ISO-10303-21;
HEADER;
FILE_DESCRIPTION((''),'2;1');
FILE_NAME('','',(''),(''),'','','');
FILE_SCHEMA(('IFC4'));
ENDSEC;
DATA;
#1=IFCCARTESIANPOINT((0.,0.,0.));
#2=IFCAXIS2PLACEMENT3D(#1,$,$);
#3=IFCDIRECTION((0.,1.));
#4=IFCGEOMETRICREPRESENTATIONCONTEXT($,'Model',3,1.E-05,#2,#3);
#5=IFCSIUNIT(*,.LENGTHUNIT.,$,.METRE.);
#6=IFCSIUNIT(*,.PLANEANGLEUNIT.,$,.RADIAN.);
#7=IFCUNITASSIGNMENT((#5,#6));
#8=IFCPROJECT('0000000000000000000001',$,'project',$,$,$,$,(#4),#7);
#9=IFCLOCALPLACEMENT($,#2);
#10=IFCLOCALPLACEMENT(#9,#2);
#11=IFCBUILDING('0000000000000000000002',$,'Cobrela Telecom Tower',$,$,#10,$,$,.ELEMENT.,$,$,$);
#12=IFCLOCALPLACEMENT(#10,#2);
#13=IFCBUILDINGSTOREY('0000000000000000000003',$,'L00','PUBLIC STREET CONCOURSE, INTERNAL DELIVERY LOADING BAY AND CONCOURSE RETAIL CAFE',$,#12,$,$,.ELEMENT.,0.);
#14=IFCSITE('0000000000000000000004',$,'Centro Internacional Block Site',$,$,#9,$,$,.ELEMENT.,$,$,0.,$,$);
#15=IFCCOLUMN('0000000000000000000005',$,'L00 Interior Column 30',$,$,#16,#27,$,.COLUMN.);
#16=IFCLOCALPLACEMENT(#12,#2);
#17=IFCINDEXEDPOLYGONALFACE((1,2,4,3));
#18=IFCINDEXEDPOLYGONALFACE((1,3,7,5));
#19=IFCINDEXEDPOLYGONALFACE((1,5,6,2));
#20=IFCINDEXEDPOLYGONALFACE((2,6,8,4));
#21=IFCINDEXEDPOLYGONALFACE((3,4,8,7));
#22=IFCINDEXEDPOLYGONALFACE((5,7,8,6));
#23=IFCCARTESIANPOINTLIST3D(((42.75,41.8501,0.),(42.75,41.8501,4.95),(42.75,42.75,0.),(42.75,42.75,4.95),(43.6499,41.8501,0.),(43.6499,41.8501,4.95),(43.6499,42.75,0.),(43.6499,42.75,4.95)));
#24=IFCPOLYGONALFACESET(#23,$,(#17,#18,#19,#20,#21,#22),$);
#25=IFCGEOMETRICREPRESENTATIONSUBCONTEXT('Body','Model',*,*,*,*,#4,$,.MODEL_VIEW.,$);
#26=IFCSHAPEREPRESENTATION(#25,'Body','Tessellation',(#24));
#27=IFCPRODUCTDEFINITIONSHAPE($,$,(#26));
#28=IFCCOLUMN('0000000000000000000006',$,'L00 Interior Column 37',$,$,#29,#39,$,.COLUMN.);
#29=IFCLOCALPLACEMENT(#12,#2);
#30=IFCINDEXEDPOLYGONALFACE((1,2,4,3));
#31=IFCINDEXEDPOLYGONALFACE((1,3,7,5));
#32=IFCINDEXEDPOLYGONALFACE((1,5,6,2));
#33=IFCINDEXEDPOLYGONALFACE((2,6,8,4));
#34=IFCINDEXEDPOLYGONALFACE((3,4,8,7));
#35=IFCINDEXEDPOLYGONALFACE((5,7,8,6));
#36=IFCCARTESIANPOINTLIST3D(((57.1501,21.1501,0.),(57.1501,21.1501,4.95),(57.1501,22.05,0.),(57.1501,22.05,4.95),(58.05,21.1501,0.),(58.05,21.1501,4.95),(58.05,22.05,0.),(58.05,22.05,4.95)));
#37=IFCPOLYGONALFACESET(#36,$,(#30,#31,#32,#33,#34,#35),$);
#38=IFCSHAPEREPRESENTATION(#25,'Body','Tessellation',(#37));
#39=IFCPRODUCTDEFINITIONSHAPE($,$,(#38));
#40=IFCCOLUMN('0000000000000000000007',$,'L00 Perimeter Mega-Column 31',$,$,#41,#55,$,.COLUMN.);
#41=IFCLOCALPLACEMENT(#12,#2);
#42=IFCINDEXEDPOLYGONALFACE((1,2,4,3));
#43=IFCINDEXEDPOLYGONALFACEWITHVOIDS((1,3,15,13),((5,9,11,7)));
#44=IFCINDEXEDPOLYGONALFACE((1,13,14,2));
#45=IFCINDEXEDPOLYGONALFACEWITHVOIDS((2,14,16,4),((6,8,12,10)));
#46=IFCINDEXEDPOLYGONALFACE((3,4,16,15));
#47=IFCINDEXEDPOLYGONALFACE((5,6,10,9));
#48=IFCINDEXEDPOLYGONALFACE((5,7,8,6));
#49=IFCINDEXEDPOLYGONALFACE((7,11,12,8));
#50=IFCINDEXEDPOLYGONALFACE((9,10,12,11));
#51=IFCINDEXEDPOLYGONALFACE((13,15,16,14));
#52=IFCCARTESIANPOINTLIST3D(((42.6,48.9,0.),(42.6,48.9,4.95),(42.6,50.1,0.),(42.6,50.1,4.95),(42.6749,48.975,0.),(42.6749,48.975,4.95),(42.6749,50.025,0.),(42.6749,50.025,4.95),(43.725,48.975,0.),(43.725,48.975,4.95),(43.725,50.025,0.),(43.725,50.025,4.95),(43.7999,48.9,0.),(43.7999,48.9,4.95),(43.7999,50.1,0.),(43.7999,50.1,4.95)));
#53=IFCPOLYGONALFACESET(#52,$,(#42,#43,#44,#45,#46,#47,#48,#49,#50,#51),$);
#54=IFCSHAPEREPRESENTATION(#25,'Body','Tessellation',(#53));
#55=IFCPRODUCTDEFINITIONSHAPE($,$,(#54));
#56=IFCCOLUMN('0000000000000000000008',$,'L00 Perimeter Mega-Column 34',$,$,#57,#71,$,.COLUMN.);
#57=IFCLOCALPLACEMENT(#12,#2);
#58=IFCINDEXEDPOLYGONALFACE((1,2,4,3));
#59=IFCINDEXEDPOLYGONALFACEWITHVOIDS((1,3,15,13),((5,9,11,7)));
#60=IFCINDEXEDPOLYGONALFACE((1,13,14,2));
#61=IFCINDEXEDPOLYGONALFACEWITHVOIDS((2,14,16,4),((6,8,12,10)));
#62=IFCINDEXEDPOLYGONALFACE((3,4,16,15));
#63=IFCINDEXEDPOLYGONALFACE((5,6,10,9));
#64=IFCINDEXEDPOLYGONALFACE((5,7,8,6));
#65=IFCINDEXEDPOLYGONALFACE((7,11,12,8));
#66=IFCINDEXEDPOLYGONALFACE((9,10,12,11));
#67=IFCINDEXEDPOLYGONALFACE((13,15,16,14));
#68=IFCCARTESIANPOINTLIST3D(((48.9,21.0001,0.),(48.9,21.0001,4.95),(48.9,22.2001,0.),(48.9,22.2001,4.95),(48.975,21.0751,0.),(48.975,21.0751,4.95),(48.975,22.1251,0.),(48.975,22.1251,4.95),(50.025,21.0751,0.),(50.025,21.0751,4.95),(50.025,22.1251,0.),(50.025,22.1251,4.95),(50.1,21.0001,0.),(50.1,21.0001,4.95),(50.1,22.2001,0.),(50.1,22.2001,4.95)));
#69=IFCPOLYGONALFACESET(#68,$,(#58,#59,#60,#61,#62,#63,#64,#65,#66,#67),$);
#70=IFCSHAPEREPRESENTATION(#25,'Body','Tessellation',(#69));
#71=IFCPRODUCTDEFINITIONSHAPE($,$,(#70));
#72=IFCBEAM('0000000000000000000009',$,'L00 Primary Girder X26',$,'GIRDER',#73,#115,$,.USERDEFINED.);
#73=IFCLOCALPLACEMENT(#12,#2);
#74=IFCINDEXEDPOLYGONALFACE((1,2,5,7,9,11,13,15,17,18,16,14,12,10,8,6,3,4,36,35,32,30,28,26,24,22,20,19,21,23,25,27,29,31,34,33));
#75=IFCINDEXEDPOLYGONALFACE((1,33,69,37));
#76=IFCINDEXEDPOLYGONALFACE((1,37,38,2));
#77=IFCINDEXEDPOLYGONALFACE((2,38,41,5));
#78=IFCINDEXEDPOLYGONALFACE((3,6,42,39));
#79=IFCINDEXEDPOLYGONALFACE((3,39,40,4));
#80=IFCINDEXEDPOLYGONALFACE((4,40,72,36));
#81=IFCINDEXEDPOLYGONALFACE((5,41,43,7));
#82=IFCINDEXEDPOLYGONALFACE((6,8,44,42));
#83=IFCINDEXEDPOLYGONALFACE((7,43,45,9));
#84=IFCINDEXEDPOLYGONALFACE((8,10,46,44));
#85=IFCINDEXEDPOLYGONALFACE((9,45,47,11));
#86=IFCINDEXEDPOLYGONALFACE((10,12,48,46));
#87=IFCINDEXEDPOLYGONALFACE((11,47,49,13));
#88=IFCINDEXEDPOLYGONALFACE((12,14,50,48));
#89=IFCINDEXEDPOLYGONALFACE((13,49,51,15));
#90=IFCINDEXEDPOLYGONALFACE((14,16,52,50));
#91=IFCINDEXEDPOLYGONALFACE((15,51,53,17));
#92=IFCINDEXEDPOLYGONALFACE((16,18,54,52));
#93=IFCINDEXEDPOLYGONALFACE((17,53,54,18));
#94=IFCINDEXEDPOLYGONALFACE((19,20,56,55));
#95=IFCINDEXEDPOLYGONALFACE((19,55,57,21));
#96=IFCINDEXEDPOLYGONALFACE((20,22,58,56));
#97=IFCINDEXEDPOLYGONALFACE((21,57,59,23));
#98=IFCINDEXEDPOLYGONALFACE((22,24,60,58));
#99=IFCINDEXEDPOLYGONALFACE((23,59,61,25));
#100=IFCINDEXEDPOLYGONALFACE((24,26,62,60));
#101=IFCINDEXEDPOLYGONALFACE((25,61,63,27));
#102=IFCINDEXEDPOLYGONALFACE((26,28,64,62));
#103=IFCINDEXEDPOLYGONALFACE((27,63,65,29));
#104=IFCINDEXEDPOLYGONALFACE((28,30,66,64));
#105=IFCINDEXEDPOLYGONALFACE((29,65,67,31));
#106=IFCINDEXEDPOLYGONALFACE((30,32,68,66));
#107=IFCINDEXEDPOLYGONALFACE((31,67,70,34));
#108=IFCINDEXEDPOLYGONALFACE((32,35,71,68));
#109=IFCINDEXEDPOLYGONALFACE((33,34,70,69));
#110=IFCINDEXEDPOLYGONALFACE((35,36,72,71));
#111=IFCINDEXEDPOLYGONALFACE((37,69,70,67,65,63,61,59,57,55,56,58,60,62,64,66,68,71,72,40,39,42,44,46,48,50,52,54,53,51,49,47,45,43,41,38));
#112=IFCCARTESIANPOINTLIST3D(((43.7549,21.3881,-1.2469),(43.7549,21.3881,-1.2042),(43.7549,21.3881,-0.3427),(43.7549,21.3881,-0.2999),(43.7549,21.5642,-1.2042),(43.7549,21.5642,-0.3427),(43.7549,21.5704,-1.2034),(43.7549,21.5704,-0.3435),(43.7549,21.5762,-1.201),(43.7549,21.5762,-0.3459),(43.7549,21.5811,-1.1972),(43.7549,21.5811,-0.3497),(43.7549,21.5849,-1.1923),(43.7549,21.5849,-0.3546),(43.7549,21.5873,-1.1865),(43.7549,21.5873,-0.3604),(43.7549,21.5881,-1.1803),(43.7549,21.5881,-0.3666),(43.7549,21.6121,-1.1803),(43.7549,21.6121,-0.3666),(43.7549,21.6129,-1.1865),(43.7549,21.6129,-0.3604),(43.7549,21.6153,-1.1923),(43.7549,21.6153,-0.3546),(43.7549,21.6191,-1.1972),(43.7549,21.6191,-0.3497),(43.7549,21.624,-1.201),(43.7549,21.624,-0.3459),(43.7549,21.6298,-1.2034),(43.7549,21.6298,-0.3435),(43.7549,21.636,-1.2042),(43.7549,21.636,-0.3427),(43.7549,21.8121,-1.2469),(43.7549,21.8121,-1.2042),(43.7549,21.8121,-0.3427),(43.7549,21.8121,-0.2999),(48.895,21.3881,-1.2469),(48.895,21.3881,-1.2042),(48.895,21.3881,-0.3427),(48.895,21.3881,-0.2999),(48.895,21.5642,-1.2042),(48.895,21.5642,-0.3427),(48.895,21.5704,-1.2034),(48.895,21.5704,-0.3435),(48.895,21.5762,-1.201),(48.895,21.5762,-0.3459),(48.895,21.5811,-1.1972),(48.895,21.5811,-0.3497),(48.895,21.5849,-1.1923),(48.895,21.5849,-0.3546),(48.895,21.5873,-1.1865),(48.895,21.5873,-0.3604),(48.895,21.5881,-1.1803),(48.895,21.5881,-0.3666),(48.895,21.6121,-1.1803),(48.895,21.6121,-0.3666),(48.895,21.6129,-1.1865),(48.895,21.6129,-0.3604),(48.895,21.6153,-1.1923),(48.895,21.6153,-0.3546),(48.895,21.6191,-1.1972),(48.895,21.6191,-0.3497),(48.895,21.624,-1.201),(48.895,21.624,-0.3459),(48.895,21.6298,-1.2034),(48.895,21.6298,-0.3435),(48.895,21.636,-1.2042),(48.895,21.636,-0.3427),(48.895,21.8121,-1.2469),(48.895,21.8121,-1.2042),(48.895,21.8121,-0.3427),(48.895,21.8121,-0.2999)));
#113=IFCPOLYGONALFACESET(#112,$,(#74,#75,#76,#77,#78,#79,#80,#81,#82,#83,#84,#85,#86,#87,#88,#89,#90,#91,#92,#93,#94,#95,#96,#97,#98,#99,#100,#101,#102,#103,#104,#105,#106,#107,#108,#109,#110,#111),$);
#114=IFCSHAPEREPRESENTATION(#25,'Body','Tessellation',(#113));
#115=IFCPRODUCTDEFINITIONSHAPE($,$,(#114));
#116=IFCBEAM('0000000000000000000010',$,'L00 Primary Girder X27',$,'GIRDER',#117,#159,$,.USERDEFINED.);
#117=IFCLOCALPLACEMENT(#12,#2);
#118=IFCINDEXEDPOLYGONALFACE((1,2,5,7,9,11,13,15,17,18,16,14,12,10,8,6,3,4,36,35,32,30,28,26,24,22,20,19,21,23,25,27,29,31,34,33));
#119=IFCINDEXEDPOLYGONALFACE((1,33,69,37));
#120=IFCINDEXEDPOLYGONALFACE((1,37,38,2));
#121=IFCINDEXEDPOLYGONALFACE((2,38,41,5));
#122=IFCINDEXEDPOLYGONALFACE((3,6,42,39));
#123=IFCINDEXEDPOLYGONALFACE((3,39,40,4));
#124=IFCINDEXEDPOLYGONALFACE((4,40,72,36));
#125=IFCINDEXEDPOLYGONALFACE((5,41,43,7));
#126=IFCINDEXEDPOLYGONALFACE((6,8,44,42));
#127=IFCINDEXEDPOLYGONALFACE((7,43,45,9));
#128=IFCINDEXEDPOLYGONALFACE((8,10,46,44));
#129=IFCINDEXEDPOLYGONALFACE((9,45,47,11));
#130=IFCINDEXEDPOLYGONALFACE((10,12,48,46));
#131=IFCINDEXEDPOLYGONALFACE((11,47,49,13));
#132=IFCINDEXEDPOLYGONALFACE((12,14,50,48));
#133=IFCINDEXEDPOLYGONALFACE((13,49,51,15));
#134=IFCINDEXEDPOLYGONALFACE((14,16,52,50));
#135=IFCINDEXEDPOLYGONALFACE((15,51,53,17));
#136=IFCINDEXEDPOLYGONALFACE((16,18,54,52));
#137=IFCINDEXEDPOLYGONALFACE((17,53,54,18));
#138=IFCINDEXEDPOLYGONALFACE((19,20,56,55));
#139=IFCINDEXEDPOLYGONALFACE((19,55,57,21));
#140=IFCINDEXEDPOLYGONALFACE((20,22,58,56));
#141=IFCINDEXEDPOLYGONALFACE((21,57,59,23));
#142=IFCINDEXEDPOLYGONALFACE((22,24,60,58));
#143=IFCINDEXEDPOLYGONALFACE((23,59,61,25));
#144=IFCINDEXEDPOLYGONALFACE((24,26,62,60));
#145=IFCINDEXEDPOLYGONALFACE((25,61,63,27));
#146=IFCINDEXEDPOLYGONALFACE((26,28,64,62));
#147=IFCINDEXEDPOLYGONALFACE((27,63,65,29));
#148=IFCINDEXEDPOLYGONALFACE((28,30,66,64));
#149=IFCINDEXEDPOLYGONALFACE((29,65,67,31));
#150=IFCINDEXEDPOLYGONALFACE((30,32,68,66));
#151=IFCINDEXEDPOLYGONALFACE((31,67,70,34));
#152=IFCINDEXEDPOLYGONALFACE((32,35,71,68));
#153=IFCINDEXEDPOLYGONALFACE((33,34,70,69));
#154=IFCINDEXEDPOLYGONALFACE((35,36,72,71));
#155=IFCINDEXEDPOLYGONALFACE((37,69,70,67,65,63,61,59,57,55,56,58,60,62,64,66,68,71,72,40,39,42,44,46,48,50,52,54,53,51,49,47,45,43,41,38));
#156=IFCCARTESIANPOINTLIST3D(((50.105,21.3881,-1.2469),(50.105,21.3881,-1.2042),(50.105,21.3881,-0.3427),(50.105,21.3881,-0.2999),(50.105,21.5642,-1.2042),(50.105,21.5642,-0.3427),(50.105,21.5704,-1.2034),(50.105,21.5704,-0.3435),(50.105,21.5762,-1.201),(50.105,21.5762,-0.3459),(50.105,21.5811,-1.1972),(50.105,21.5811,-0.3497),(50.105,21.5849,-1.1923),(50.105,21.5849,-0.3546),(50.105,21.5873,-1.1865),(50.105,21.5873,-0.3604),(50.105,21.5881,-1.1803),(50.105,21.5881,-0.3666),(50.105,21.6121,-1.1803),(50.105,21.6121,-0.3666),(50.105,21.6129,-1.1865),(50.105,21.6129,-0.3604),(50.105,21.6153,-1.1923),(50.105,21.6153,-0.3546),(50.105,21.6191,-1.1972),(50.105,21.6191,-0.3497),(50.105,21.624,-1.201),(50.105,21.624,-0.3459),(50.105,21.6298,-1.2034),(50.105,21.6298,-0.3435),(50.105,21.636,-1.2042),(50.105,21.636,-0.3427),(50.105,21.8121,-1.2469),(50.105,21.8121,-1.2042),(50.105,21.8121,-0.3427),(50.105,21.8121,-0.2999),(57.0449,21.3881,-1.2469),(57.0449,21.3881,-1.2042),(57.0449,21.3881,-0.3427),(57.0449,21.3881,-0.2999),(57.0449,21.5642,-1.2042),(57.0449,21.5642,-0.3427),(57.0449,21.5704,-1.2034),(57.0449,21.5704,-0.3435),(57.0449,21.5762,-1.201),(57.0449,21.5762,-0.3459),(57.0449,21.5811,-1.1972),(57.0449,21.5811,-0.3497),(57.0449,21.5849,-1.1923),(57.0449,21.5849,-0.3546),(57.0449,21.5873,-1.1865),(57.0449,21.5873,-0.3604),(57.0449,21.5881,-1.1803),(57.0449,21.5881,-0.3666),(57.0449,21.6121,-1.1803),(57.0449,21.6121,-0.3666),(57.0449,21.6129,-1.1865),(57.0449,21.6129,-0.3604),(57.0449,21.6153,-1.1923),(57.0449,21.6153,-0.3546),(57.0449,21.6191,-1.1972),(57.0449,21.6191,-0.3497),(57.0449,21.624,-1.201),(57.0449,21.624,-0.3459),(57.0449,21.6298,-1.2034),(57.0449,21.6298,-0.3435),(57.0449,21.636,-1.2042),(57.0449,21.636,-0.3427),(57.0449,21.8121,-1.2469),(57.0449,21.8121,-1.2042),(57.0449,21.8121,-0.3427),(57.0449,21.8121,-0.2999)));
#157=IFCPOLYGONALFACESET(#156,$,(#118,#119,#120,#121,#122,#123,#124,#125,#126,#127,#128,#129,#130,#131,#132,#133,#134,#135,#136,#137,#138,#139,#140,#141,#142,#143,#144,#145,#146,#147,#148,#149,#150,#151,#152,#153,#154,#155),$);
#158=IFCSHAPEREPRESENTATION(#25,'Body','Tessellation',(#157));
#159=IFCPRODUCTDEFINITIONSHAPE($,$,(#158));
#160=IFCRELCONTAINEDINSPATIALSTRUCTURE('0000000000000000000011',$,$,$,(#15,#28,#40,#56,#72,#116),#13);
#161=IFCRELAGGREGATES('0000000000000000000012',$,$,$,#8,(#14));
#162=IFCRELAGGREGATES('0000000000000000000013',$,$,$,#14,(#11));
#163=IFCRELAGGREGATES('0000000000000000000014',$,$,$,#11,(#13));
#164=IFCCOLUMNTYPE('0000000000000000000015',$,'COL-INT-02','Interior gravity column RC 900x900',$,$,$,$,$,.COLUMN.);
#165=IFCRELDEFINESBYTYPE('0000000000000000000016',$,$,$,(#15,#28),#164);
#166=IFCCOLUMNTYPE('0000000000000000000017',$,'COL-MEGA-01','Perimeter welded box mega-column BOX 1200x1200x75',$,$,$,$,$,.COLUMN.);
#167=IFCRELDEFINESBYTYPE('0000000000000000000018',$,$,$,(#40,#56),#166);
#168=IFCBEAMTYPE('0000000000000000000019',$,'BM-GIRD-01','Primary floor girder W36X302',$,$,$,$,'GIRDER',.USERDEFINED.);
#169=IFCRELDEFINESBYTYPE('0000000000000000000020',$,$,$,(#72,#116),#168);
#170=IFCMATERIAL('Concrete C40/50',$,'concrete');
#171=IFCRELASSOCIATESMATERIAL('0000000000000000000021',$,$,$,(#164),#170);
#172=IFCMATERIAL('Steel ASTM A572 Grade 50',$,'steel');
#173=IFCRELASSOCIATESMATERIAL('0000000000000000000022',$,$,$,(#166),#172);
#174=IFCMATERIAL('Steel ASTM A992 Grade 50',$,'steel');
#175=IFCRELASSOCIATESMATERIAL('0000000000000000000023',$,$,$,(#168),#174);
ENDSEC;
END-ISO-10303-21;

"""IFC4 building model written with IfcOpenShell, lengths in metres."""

from ifc_helpers import new_model, si_unit, direction, frame, origin, origin_2d, place, context, subcontext, project, spatial, rectangle, hollow_rectangle, i_section, extrude, material, material_profile, profile_set, type_object, element, save


model = new_model("IFC4")

# Units and contexts
model_context = context("Model", 3, precision=1e-05, world=origin(), true_north=direction((0.0, 1.0)))
body_context = subcontext(model_context, "Body", "Model", "MODEL_VIEW")
ifc_project = project(units=[si_unit("LENGTHUNIT", "METRE"), si_unit("PLANEANGLEUNIT", "RADIAN")], contexts=[model_context])

# Site, building, storey
site_placement = place(None, origin())
site = spatial("IfcSite", under=ifc_project, at=site_placement, Name="Centro Internacional Block Site", CompositionType="ELEMENT", RefElevation=0.0)
building_placement = place(site_placement, origin())
building = spatial("IfcBuilding", under=site, at=building_placement, Name="Cobrela Telecom Tower", CompositionType="ELEMENT")
storey_placement = place(building_placement, origin())
storey = spatial("IfcBuildingStorey", under=building, at=storey_placement, Name="L00", Description="PUBLIC STREET CONCOURSE, INTERNAL DELIVERY LOADING BAY AND CONCOURSE RETAIL CAFE", CompositionType="ELEMENT", Elevation=0.0)

# Columns
ifc_material_1 = material(Name="Concrete C40/50", Category="concrete")
ifc_material_profile_1 = material_profile(ifc_material_1, rectangle(XDim=0.8999, YDim=0.8999, at=origin_2d()), Name="RC 900x900")
ifc_profile_set_1 = profile_set([ifc_material_profile_1], Name="Concrete C40/50")
column_type_1 = type_object("IfcColumnType", Name="COL-INT-02", Description="Interior gravity column RC 900x900", PredefinedType="COLUMN", material=ifc_profile_set_1)
for number, where, z_axis, x_axis, name in (
    (1, (43.2, 42.3, 0.0), (0.0, 0.0, 1.0), (1.0, 0.0, 0.0), "L00 Interior Column 30"),
    (2, (57.6001, 21.6001, 0.0), (0.0, 0.0, 1.0), (1.0, 0.0, 0.0), "L00 Interior Column 37"),
):
    element("IfcColumn", number, at=place(storey_placement, frame(where, z_axis=z_axis, x_axis=x_axis)), inside=storey, type_object=column_type_1, Name=name, PredefinedType="COLUMN", context=body_context, shape_type="SweptSolid", body=[
        extrude(rectangle(XDim=0.8999, YDim=0.8999, at=origin_2d()), origin(), (0.0, 0.0, 1.0), 4.95),
    ])
ifc_material_2 = material(Name="Steel ASTM A572 Grade 50", Category="steel")
ifc_material_profile_2 = material_profile(ifc_material_2, hollow_rectangle(XDim=1.2, YDim=1.2, WallThickness=0.075, at=origin_2d()), Name="BOX 1200x1200x75")
ifc_profile_set_2 = profile_set([ifc_material_profile_2], Name="Steel ASTM A572 Grade 50")
column_type_2 = type_object("IfcColumnType", Name="COL-MEGA-01", Description="Perimeter welded box mega-column BOX 1200x1200x75", PredefinedType="COLUMN", material=ifc_profile_set_2)
for number, where, z_axis, x_axis, name in (
    (3, (43.2, 49.5, 0.0), (0.0, 0.0, 1.0), (1.0, 0.0, 0.0), "L00 Perimeter Mega-Column 31"),
    (4, (49.5, 21.6001, 0.0), (0.0, 0.0, 1.0), (1.0, 0.0, 0.0), "L00 Perimeter Mega-Column 34"),
):
    element("IfcColumn", number, at=place(storey_placement, frame(where, z_axis=z_axis, x_axis=x_axis)), inside=storey, type_object=column_type_2, Name=name, PredefinedType="COLUMN", context=body_context, shape_type="SweptSolid", body=[
        extrude(hollow_rectangle(XDim=1.2, YDim=1.2, WallThickness=0.075, at=origin_2d()), origin(), (0.0, 0.0, 1.0), 4.95),
    ])

# Beams
ifc_material_3 = material(Name="Steel ASTM A992 Grade 50", Category="steel")
ifc_material_profile_3 = material_profile(ifc_material_3, i_section(OverallWidth=0.4241, OverallDepth=0.947, WebThickness=0.0239, FlangeThickness=0.0427, FilletRadius=0.0239, at=origin_2d()), Name="W36X302")
ifc_profile_set_3 = profile_set([ifc_material_profile_3], Name="Steel ASTM A992 Grade 50")
beam_type = type_object("IfcBeamType", Name="BM-GIRD-01", Description="Primary floor girder W36X302", ElementType="GIRDER", PredefinedType="USERDEFINED", material=ifc_profile_set_3)
beam_1_placement = place(storey_placement, frame((43.7549, 21.6001, -0.7734), z_axis=(1.0, 0.0, 0.0), x_axis=(0.0, 1.0, 0.0)))
element("IfcBeam", 5, at=beam_1_placement, inside=storey, type_object=beam_type, Name="L00 Primary Girder X26", ObjectType="GIRDER", PredefinedType="USERDEFINED", context=body_context, shape_type="SweptSolid", body=[
    extrude(i_section(OverallWidth=0.4241, OverallDepth=0.947, WebThickness=0.0239, FlangeThickness=0.0427, FilletRadius=0.0239, at=origin_2d()), origin(), (0.0, 0.0, 1.0), 5.1401),
])
beam_2_placement = place(storey_placement, frame((50.105, 21.6001, -0.7734), z_axis=(1.0, 0.0, 0.0), x_axis=(0.0, 1.0, 0.0)))
element("IfcBeam", 6, at=beam_2_placement, inside=storey, type_object=beam_type, Name="L00 Primary Girder X27", ObjectType="GIRDER", PredefinedType="USERDEFINED", context=body_context, shape_type="SweptSolid", body=[
    extrude(i_section(OverallWidth=0.4241, OverallDepth=0.947, WebThickness=0.0239, FlangeThickness=0.0427, FilletRadius=0.0239, at=origin_2d()), origin(), (0.0, 0.0, 1.0), 6.9399),
])

save(model, "model.ifc")
